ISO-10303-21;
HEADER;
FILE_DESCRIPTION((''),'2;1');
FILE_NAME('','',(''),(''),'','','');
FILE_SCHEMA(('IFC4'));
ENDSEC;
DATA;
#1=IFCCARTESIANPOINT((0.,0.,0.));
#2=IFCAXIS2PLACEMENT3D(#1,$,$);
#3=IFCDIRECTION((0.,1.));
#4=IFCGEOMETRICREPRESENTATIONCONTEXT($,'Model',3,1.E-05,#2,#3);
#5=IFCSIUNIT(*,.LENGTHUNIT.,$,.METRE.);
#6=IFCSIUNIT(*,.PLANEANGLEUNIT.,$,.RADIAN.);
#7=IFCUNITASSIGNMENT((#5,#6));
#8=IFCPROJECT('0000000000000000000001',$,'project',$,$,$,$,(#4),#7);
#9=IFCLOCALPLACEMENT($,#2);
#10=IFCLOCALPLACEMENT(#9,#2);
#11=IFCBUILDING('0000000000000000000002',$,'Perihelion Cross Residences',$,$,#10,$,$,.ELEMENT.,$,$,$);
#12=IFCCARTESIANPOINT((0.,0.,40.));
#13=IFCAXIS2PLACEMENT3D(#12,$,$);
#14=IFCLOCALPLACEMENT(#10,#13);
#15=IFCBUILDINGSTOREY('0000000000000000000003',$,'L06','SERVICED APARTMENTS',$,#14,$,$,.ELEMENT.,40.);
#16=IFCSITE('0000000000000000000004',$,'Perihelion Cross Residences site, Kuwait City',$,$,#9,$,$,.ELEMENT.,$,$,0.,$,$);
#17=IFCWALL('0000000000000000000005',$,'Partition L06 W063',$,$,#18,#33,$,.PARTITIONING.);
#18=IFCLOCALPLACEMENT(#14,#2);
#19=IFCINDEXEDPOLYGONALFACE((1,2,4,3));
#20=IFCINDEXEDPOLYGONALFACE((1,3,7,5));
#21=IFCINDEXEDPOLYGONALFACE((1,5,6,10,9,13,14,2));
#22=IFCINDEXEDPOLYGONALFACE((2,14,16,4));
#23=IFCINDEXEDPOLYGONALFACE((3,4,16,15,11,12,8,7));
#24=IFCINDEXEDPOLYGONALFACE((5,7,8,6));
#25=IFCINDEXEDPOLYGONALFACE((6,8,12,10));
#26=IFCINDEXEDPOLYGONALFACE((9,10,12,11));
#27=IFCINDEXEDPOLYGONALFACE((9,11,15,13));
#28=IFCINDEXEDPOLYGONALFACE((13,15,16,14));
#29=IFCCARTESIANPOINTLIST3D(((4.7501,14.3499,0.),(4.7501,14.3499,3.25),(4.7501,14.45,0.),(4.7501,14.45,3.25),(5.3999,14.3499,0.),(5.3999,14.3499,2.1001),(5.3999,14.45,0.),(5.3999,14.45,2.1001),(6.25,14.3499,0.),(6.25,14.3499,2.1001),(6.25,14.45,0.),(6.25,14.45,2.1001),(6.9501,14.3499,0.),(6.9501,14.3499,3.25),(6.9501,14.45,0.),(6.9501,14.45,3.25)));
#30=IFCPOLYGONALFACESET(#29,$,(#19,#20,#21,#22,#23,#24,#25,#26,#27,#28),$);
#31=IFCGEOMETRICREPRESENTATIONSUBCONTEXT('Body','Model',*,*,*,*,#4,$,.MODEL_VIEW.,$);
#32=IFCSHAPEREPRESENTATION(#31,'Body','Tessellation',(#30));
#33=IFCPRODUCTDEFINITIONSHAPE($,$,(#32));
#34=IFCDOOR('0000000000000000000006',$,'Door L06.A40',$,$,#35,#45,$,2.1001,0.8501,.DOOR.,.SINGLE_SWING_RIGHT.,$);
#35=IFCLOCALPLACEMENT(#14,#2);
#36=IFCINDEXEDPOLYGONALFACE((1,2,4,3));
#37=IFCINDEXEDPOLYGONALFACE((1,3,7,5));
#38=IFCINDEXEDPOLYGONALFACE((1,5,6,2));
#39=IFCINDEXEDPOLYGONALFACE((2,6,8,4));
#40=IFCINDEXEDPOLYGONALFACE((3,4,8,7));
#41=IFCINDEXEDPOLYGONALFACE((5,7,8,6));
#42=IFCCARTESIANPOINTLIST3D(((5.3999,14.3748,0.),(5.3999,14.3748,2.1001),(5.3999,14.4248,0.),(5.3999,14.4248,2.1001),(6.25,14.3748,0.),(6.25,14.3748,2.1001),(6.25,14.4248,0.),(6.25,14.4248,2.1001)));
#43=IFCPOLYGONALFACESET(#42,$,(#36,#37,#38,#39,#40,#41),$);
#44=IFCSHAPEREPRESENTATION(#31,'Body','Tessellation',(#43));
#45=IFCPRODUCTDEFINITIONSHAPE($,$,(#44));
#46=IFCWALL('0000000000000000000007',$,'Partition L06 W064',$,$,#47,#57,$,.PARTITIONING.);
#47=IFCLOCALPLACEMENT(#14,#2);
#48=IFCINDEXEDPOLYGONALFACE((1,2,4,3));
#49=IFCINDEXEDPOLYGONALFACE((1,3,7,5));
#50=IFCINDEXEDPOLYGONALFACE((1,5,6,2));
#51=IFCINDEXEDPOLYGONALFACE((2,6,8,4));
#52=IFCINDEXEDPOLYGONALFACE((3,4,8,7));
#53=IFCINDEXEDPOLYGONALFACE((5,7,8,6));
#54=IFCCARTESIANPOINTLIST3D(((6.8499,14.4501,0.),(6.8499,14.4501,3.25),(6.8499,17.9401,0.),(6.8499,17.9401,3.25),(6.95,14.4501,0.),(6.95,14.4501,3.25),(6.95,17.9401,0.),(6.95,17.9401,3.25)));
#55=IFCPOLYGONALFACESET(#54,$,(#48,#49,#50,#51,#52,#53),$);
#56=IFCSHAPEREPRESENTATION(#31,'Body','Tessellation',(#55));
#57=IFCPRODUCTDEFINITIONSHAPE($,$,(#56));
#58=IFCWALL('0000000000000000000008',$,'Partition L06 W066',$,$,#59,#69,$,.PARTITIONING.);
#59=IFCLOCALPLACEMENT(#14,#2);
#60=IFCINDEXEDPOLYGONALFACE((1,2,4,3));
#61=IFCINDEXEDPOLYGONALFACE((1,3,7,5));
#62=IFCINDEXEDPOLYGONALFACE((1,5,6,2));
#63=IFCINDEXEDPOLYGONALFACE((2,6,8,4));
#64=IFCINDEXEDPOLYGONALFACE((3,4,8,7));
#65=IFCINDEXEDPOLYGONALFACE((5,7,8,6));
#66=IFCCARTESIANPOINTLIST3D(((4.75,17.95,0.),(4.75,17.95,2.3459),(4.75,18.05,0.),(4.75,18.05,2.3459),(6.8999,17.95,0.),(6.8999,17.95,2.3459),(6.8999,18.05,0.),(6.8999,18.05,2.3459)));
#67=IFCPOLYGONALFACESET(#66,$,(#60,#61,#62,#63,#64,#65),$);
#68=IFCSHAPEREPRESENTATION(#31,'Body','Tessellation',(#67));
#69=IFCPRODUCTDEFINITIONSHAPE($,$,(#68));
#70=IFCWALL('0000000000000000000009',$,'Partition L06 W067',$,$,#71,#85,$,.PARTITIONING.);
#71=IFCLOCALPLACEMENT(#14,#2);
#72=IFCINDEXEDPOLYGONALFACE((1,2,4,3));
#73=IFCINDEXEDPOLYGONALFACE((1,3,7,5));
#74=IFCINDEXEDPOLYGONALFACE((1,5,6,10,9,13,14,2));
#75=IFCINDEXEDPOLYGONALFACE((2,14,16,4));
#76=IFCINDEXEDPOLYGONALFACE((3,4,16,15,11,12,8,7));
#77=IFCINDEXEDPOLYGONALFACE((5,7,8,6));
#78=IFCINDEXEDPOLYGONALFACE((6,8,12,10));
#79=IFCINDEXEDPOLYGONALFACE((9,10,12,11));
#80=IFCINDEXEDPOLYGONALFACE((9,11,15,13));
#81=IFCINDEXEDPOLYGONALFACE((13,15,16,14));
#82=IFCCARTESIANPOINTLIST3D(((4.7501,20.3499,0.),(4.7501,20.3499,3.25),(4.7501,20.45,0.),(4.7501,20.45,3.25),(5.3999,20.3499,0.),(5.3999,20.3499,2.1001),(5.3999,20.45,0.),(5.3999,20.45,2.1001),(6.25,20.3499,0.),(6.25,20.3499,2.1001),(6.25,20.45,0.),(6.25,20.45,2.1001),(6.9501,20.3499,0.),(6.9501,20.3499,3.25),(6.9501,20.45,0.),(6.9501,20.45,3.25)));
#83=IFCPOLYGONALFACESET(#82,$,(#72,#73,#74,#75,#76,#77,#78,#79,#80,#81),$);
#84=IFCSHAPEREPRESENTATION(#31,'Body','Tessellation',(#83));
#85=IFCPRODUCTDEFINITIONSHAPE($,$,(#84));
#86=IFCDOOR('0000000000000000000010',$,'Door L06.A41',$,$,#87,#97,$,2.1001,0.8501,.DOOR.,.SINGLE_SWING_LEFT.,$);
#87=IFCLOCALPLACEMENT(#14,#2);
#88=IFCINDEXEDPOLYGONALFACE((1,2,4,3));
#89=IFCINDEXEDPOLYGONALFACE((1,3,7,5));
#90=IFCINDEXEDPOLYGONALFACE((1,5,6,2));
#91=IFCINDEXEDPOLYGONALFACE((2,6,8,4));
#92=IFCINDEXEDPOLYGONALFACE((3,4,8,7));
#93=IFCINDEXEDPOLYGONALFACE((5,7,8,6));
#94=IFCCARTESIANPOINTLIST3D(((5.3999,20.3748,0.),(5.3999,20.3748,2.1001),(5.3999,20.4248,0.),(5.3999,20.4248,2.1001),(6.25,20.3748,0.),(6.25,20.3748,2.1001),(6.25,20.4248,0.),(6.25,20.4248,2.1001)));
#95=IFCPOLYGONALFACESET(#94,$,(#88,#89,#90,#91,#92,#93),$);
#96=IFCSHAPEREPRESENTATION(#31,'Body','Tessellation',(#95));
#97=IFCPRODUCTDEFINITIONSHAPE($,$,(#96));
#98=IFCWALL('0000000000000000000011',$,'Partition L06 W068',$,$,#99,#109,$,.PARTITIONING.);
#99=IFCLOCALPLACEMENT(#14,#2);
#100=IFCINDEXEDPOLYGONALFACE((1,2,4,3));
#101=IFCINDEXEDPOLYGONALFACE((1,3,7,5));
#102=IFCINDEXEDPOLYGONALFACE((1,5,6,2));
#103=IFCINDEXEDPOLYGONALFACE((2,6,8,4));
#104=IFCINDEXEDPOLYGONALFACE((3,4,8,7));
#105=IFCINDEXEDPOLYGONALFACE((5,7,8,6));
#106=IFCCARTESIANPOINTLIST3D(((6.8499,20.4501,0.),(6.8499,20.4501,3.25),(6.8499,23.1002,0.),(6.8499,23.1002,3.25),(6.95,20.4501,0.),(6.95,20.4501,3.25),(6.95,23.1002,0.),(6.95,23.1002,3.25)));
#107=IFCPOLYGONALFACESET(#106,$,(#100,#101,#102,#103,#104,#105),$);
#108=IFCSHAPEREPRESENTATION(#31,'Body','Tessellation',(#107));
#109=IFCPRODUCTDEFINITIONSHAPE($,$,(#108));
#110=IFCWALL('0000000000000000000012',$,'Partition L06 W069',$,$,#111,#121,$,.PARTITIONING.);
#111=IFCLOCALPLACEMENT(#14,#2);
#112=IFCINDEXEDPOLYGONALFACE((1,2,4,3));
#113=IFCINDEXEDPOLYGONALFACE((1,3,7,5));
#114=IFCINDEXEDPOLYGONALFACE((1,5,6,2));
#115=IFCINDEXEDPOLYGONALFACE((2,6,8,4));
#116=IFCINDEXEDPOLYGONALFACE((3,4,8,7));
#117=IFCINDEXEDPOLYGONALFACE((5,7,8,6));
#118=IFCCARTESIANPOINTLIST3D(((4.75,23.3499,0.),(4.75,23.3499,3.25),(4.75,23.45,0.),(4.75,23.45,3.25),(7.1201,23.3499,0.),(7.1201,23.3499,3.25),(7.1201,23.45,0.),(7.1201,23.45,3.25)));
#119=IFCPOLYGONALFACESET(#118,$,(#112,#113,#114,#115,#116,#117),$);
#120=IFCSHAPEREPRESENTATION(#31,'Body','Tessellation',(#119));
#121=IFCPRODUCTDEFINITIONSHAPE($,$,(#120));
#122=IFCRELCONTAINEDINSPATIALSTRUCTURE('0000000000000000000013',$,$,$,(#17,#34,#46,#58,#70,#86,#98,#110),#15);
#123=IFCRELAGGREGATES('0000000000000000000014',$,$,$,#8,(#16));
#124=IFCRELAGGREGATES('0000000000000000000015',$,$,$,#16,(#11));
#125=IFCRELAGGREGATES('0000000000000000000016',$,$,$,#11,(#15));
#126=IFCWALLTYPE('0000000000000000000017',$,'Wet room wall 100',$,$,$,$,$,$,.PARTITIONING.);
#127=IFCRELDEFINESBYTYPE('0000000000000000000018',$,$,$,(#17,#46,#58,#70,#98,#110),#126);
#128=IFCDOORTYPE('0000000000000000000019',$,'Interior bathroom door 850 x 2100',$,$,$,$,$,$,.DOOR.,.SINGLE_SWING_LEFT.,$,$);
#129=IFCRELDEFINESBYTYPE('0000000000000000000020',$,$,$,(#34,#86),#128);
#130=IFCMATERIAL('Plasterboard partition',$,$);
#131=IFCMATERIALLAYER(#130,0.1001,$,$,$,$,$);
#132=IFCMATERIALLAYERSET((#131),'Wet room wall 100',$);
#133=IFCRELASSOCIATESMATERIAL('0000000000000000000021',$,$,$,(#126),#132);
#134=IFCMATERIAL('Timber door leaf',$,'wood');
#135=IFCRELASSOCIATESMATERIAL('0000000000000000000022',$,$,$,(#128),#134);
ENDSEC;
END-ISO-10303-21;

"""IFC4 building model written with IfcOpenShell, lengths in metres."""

from ifc_helpers import new_model, si_unit, direction, frame, frame_2d, origin, place, context, subcontext, project, spatial, rectangle, extrude, material, layer, layer_set, type_object, element, fill, save


model = new_model("IFC4")

# Units and contexts
model_context = context("Model", 3, precision=1e-05, world=origin(), true_north=direction((0.0, 1.0)))
body_context = subcontext(model_context, "Body", "Model", "MODEL_VIEW")
ifc_project = project(units=[si_unit("LENGTHUNIT", "METRE"), si_unit("PLANEANGLEUNIT", "RADIAN")], contexts=[model_context])

# Site, building, storey
site_placement = place(None, origin())
site = spatial("IfcSite", under=ifc_project, at=site_placement, Name="Perihelion Cross Residences site, Kuwait City", CompositionType="ELEMENT", RefElevation=0.0)
building_placement = place(site_placement, origin())
building = spatial("IfcBuilding", under=site, at=building_placement, Name="Perihelion Cross Residences", CompositionType="ELEMENT")
storey_placement = place(building_placement, frame((0.0, 0.0, 40.0)))
storey = spatial("IfcBuildingStorey", under=building, at=storey_placement, Name="L06", Description="SERVICED APARTMENTS", CompositionType="ELEMENT", Elevation=40.0)

# Shared definitions
ifc_material_1 = material(Name="Plasterboard partition")
ifc_layer_1 = layer(ifc_material_1, 0.1001)
ifc_layer_set_1 = layer_set([ifc_layer_1], Name="Wet room wall 100")
wall_type_1 = type_object("IfcWallType", Name="Wet room wall 100", PredefinedType="PARTITIONING", material=ifc_layer_set_1)

# Wall, opening, door
wall_1_placement = place(storey_placement, frame((4.75, 14.3999, 0.0), z_axis=(0.0, 0.0, 1.0), x_axis=(1.0, 0.0, 0.0)))
wall_1 = element("IfcWall", 1, at=wall_1_placement, inside=storey, type_object=wall_type_1, Name="Partition L06 W063", PredefinedType="PARTITIONING", context=body_context, shape_type="SweptSolid", body=[
    extrude(rectangle(XDim=2.2, YDim=0.1001, at=frame_2d((1.1001, 0.0))), origin(), (0.0, 0.0, 1.0), 3.25),
])
opening_1_placement = place(wall_1_placement, frame((0.6499, 0.0, 0.0)))
opening_1 = element("IfcOpeningElement", 2, at=opening_1_placement, cuts=wall_1, PredefinedType="OPENING", context=body_context, shape_type="SweptSolid", body=[
    extrude(rectangle(XDim=0.8501, YDim=2.1001, at=frame_2d((0.425, 1.05))), frame((0.0, 0.0601, 0.0), z_axis=(0.0, -1.0, 0.0), x_axis=(1.0, 0.0, 0.0)), (0.0, 0.0, 1.0), 0.1201),
])
ifc_material_2 = material(Name="Timber door leaf", Category="wood")
door_type_1 = type_object("IfcDoorType", Name="Interior bathroom door 850 x 2100", OperationType="SINGLE_SWING_LEFT", PredefinedType="DOOR", material=ifc_material_2)
door_1_placement = place(opening_1_placement, origin())
door_1 = element("IfcDoor", 3, at=door_1_placement, inside=storey, type_object=door_type_1, Name="Door L06.A40", OperationType="SINGLE_SWING_RIGHT", OverallHeight=2.1001, OverallWidth=0.8501, PredefinedType="DOOR", context=body_context, shape_type="SweptSolid", body=[
    extrude(rectangle(XDim=0.8501, YDim=2.1001, at=frame_2d((0.425, 1.05))), frame((0.0, 0.0249, 0.0), z_axis=(0.0, -1.0, 0.0), x_axis=(1.0, 0.0, 0.0)), (0.0, 0.0, 1.0), 0.05),
])
fill(opening_1, door_1)

# Walls
wall_2_placement = place(storey_placement, frame((6.8999, 14.45, 0.0), z_axis=(0.0, 0.0, 1.0), x_axis=(0.0, 1.0, 0.0)))
element("IfcWall", 4, at=wall_2_placement, inside=storey, type_object=wall_type_1, Name="Partition L06 W064", PredefinedType="PARTITIONING", context=body_context, shape_type="SweptSolid", body=[
    extrude(rectangle(XDim=3.49, YDim=0.1001, at=frame_2d((1.7451, 0.0))), origin(), (0.0, 0.0, 1.0), 3.25),
])
wall_3_placement = place(storey_placement, frame((4.75, 18.0, 0.0), z_axis=(0.0, 0.0, 1.0), x_axis=(1.0, 0.0, 0.0)))
element("IfcWall", 5, at=wall_3_placement, inside=storey, type_object=wall_type_1, Name="Partition L06 W066", PredefinedType="PARTITIONING", context=body_context, shape_type="SweptSolid", body=[
    extrude(rectangle(XDim=2.1499, YDim=0.1001, at=frame_2d((1.075, 0.0))), origin(), (0.0, 0.0, 1.0), 2.3459),
])

# Wall, opening, door
wall_4_placement = place(storey_placement, frame((4.75, 20.3999, 0.0), z_axis=(0.0, 0.0, 1.0), x_axis=(1.0, 0.0, 0.0)))
wall_4 = element("IfcWall", 6, at=wall_4_placement, inside=storey, type_object=wall_type_1, Name="Partition L06 W067", PredefinedType="PARTITIONING", context=body_context, shape_type="SweptSolid", body=[
    extrude(rectangle(XDim=2.2, YDim=0.1001, at=frame_2d((1.1001, 0.0))), origin(), (0.0, 0.0, 1.0), 3.25),
])
opening_2_placement = place(wall_4_placement, frame((0.6499, 0.0, 0.0)))
opening_2 = element("IfcOpeningElement", 7, at=opening_2_placement, cuts=wall_4, PredefinedType="OPENING", context=body_context, shape_type="SweptSolid", body=[
    extrude(rectangle(XDim=0.8501, YDim=2.1001, at=frame_2d((0.425, 1.05))), frame((0.0, 0.0601, 0.0), z_axis=(0.0, -1.0, 0.0), x_axis=(1.0, 0.0, 0.0)), (0.0, 0.0, 1.0), 0.1201),
])
door_2_placement = place(opening_2_placement, origin())
door_2 = element("IfcDoor", 8, at=door_2_placement, inside=storey, type_object=door_type_1, Name="Door L06.A41", OperationType="SINGLE_SWING_LEFT", OverallHeight=2.1001, OverallWidth=0.8501, PredefinedType="DOOR", context=body_context, shape_type="SweptSolid", body=[
    extrude(rectangle(XDim=0.8501, YDim=2.1001, at=frame_2d((0.425, 1.05))), frame((0.0, 0.0249, 0.0), z_axis=(0.0, -1.0, 0.0), x_axis=(1.0, 0.0, 0.0)), (0.0, 0.0, 1.0), 0.05),
])
fill(opening_2, door_2)

# Walls
wall_5_placement = place(storey_placement, frame((6.8999, 20.45, 0.0), z_axis=(0.0, 0.0, 1.0), x_axis=(0.0, 1.0, 0.0)))
element("IfcWall", 9, at=wall_5_placement, inside=storey, type_object=wall_type_1, Name="Partition L06 W068", PredefinedType="PARTITIONING", context=body_context, shape_type="SweptSolid", body=[
    extrude(rectangle(XDim=2.6501, YDim=0.1001, at=frame_2d((1.3252, 0.0))), origin(), (0.0, 0.0, 1.0), 3.25),
])
wall_6_placement = place(storey_placement, frame((4.75, 23.3999, 0.0), z_axis=(0.0, 0.0, 1.0), x_axis=(1.0, 0.0, 0.0)))
element("IfcWall", 10, at=wall_6_placement, inside=storey, type_object=wall_type_1, Name="Partition L06 W069", PredefinedType="PARTITIONING", context=body_context, shape_type="SweptSolid", body=[
    extrude(rectangle(XDim=2.3701, YDim=0.1001, at=frame_2d((1.1851, 0.0))), origin(), (0.0, 0.0, 1.0), 3.25),
])

save(model, "model.ifc")
